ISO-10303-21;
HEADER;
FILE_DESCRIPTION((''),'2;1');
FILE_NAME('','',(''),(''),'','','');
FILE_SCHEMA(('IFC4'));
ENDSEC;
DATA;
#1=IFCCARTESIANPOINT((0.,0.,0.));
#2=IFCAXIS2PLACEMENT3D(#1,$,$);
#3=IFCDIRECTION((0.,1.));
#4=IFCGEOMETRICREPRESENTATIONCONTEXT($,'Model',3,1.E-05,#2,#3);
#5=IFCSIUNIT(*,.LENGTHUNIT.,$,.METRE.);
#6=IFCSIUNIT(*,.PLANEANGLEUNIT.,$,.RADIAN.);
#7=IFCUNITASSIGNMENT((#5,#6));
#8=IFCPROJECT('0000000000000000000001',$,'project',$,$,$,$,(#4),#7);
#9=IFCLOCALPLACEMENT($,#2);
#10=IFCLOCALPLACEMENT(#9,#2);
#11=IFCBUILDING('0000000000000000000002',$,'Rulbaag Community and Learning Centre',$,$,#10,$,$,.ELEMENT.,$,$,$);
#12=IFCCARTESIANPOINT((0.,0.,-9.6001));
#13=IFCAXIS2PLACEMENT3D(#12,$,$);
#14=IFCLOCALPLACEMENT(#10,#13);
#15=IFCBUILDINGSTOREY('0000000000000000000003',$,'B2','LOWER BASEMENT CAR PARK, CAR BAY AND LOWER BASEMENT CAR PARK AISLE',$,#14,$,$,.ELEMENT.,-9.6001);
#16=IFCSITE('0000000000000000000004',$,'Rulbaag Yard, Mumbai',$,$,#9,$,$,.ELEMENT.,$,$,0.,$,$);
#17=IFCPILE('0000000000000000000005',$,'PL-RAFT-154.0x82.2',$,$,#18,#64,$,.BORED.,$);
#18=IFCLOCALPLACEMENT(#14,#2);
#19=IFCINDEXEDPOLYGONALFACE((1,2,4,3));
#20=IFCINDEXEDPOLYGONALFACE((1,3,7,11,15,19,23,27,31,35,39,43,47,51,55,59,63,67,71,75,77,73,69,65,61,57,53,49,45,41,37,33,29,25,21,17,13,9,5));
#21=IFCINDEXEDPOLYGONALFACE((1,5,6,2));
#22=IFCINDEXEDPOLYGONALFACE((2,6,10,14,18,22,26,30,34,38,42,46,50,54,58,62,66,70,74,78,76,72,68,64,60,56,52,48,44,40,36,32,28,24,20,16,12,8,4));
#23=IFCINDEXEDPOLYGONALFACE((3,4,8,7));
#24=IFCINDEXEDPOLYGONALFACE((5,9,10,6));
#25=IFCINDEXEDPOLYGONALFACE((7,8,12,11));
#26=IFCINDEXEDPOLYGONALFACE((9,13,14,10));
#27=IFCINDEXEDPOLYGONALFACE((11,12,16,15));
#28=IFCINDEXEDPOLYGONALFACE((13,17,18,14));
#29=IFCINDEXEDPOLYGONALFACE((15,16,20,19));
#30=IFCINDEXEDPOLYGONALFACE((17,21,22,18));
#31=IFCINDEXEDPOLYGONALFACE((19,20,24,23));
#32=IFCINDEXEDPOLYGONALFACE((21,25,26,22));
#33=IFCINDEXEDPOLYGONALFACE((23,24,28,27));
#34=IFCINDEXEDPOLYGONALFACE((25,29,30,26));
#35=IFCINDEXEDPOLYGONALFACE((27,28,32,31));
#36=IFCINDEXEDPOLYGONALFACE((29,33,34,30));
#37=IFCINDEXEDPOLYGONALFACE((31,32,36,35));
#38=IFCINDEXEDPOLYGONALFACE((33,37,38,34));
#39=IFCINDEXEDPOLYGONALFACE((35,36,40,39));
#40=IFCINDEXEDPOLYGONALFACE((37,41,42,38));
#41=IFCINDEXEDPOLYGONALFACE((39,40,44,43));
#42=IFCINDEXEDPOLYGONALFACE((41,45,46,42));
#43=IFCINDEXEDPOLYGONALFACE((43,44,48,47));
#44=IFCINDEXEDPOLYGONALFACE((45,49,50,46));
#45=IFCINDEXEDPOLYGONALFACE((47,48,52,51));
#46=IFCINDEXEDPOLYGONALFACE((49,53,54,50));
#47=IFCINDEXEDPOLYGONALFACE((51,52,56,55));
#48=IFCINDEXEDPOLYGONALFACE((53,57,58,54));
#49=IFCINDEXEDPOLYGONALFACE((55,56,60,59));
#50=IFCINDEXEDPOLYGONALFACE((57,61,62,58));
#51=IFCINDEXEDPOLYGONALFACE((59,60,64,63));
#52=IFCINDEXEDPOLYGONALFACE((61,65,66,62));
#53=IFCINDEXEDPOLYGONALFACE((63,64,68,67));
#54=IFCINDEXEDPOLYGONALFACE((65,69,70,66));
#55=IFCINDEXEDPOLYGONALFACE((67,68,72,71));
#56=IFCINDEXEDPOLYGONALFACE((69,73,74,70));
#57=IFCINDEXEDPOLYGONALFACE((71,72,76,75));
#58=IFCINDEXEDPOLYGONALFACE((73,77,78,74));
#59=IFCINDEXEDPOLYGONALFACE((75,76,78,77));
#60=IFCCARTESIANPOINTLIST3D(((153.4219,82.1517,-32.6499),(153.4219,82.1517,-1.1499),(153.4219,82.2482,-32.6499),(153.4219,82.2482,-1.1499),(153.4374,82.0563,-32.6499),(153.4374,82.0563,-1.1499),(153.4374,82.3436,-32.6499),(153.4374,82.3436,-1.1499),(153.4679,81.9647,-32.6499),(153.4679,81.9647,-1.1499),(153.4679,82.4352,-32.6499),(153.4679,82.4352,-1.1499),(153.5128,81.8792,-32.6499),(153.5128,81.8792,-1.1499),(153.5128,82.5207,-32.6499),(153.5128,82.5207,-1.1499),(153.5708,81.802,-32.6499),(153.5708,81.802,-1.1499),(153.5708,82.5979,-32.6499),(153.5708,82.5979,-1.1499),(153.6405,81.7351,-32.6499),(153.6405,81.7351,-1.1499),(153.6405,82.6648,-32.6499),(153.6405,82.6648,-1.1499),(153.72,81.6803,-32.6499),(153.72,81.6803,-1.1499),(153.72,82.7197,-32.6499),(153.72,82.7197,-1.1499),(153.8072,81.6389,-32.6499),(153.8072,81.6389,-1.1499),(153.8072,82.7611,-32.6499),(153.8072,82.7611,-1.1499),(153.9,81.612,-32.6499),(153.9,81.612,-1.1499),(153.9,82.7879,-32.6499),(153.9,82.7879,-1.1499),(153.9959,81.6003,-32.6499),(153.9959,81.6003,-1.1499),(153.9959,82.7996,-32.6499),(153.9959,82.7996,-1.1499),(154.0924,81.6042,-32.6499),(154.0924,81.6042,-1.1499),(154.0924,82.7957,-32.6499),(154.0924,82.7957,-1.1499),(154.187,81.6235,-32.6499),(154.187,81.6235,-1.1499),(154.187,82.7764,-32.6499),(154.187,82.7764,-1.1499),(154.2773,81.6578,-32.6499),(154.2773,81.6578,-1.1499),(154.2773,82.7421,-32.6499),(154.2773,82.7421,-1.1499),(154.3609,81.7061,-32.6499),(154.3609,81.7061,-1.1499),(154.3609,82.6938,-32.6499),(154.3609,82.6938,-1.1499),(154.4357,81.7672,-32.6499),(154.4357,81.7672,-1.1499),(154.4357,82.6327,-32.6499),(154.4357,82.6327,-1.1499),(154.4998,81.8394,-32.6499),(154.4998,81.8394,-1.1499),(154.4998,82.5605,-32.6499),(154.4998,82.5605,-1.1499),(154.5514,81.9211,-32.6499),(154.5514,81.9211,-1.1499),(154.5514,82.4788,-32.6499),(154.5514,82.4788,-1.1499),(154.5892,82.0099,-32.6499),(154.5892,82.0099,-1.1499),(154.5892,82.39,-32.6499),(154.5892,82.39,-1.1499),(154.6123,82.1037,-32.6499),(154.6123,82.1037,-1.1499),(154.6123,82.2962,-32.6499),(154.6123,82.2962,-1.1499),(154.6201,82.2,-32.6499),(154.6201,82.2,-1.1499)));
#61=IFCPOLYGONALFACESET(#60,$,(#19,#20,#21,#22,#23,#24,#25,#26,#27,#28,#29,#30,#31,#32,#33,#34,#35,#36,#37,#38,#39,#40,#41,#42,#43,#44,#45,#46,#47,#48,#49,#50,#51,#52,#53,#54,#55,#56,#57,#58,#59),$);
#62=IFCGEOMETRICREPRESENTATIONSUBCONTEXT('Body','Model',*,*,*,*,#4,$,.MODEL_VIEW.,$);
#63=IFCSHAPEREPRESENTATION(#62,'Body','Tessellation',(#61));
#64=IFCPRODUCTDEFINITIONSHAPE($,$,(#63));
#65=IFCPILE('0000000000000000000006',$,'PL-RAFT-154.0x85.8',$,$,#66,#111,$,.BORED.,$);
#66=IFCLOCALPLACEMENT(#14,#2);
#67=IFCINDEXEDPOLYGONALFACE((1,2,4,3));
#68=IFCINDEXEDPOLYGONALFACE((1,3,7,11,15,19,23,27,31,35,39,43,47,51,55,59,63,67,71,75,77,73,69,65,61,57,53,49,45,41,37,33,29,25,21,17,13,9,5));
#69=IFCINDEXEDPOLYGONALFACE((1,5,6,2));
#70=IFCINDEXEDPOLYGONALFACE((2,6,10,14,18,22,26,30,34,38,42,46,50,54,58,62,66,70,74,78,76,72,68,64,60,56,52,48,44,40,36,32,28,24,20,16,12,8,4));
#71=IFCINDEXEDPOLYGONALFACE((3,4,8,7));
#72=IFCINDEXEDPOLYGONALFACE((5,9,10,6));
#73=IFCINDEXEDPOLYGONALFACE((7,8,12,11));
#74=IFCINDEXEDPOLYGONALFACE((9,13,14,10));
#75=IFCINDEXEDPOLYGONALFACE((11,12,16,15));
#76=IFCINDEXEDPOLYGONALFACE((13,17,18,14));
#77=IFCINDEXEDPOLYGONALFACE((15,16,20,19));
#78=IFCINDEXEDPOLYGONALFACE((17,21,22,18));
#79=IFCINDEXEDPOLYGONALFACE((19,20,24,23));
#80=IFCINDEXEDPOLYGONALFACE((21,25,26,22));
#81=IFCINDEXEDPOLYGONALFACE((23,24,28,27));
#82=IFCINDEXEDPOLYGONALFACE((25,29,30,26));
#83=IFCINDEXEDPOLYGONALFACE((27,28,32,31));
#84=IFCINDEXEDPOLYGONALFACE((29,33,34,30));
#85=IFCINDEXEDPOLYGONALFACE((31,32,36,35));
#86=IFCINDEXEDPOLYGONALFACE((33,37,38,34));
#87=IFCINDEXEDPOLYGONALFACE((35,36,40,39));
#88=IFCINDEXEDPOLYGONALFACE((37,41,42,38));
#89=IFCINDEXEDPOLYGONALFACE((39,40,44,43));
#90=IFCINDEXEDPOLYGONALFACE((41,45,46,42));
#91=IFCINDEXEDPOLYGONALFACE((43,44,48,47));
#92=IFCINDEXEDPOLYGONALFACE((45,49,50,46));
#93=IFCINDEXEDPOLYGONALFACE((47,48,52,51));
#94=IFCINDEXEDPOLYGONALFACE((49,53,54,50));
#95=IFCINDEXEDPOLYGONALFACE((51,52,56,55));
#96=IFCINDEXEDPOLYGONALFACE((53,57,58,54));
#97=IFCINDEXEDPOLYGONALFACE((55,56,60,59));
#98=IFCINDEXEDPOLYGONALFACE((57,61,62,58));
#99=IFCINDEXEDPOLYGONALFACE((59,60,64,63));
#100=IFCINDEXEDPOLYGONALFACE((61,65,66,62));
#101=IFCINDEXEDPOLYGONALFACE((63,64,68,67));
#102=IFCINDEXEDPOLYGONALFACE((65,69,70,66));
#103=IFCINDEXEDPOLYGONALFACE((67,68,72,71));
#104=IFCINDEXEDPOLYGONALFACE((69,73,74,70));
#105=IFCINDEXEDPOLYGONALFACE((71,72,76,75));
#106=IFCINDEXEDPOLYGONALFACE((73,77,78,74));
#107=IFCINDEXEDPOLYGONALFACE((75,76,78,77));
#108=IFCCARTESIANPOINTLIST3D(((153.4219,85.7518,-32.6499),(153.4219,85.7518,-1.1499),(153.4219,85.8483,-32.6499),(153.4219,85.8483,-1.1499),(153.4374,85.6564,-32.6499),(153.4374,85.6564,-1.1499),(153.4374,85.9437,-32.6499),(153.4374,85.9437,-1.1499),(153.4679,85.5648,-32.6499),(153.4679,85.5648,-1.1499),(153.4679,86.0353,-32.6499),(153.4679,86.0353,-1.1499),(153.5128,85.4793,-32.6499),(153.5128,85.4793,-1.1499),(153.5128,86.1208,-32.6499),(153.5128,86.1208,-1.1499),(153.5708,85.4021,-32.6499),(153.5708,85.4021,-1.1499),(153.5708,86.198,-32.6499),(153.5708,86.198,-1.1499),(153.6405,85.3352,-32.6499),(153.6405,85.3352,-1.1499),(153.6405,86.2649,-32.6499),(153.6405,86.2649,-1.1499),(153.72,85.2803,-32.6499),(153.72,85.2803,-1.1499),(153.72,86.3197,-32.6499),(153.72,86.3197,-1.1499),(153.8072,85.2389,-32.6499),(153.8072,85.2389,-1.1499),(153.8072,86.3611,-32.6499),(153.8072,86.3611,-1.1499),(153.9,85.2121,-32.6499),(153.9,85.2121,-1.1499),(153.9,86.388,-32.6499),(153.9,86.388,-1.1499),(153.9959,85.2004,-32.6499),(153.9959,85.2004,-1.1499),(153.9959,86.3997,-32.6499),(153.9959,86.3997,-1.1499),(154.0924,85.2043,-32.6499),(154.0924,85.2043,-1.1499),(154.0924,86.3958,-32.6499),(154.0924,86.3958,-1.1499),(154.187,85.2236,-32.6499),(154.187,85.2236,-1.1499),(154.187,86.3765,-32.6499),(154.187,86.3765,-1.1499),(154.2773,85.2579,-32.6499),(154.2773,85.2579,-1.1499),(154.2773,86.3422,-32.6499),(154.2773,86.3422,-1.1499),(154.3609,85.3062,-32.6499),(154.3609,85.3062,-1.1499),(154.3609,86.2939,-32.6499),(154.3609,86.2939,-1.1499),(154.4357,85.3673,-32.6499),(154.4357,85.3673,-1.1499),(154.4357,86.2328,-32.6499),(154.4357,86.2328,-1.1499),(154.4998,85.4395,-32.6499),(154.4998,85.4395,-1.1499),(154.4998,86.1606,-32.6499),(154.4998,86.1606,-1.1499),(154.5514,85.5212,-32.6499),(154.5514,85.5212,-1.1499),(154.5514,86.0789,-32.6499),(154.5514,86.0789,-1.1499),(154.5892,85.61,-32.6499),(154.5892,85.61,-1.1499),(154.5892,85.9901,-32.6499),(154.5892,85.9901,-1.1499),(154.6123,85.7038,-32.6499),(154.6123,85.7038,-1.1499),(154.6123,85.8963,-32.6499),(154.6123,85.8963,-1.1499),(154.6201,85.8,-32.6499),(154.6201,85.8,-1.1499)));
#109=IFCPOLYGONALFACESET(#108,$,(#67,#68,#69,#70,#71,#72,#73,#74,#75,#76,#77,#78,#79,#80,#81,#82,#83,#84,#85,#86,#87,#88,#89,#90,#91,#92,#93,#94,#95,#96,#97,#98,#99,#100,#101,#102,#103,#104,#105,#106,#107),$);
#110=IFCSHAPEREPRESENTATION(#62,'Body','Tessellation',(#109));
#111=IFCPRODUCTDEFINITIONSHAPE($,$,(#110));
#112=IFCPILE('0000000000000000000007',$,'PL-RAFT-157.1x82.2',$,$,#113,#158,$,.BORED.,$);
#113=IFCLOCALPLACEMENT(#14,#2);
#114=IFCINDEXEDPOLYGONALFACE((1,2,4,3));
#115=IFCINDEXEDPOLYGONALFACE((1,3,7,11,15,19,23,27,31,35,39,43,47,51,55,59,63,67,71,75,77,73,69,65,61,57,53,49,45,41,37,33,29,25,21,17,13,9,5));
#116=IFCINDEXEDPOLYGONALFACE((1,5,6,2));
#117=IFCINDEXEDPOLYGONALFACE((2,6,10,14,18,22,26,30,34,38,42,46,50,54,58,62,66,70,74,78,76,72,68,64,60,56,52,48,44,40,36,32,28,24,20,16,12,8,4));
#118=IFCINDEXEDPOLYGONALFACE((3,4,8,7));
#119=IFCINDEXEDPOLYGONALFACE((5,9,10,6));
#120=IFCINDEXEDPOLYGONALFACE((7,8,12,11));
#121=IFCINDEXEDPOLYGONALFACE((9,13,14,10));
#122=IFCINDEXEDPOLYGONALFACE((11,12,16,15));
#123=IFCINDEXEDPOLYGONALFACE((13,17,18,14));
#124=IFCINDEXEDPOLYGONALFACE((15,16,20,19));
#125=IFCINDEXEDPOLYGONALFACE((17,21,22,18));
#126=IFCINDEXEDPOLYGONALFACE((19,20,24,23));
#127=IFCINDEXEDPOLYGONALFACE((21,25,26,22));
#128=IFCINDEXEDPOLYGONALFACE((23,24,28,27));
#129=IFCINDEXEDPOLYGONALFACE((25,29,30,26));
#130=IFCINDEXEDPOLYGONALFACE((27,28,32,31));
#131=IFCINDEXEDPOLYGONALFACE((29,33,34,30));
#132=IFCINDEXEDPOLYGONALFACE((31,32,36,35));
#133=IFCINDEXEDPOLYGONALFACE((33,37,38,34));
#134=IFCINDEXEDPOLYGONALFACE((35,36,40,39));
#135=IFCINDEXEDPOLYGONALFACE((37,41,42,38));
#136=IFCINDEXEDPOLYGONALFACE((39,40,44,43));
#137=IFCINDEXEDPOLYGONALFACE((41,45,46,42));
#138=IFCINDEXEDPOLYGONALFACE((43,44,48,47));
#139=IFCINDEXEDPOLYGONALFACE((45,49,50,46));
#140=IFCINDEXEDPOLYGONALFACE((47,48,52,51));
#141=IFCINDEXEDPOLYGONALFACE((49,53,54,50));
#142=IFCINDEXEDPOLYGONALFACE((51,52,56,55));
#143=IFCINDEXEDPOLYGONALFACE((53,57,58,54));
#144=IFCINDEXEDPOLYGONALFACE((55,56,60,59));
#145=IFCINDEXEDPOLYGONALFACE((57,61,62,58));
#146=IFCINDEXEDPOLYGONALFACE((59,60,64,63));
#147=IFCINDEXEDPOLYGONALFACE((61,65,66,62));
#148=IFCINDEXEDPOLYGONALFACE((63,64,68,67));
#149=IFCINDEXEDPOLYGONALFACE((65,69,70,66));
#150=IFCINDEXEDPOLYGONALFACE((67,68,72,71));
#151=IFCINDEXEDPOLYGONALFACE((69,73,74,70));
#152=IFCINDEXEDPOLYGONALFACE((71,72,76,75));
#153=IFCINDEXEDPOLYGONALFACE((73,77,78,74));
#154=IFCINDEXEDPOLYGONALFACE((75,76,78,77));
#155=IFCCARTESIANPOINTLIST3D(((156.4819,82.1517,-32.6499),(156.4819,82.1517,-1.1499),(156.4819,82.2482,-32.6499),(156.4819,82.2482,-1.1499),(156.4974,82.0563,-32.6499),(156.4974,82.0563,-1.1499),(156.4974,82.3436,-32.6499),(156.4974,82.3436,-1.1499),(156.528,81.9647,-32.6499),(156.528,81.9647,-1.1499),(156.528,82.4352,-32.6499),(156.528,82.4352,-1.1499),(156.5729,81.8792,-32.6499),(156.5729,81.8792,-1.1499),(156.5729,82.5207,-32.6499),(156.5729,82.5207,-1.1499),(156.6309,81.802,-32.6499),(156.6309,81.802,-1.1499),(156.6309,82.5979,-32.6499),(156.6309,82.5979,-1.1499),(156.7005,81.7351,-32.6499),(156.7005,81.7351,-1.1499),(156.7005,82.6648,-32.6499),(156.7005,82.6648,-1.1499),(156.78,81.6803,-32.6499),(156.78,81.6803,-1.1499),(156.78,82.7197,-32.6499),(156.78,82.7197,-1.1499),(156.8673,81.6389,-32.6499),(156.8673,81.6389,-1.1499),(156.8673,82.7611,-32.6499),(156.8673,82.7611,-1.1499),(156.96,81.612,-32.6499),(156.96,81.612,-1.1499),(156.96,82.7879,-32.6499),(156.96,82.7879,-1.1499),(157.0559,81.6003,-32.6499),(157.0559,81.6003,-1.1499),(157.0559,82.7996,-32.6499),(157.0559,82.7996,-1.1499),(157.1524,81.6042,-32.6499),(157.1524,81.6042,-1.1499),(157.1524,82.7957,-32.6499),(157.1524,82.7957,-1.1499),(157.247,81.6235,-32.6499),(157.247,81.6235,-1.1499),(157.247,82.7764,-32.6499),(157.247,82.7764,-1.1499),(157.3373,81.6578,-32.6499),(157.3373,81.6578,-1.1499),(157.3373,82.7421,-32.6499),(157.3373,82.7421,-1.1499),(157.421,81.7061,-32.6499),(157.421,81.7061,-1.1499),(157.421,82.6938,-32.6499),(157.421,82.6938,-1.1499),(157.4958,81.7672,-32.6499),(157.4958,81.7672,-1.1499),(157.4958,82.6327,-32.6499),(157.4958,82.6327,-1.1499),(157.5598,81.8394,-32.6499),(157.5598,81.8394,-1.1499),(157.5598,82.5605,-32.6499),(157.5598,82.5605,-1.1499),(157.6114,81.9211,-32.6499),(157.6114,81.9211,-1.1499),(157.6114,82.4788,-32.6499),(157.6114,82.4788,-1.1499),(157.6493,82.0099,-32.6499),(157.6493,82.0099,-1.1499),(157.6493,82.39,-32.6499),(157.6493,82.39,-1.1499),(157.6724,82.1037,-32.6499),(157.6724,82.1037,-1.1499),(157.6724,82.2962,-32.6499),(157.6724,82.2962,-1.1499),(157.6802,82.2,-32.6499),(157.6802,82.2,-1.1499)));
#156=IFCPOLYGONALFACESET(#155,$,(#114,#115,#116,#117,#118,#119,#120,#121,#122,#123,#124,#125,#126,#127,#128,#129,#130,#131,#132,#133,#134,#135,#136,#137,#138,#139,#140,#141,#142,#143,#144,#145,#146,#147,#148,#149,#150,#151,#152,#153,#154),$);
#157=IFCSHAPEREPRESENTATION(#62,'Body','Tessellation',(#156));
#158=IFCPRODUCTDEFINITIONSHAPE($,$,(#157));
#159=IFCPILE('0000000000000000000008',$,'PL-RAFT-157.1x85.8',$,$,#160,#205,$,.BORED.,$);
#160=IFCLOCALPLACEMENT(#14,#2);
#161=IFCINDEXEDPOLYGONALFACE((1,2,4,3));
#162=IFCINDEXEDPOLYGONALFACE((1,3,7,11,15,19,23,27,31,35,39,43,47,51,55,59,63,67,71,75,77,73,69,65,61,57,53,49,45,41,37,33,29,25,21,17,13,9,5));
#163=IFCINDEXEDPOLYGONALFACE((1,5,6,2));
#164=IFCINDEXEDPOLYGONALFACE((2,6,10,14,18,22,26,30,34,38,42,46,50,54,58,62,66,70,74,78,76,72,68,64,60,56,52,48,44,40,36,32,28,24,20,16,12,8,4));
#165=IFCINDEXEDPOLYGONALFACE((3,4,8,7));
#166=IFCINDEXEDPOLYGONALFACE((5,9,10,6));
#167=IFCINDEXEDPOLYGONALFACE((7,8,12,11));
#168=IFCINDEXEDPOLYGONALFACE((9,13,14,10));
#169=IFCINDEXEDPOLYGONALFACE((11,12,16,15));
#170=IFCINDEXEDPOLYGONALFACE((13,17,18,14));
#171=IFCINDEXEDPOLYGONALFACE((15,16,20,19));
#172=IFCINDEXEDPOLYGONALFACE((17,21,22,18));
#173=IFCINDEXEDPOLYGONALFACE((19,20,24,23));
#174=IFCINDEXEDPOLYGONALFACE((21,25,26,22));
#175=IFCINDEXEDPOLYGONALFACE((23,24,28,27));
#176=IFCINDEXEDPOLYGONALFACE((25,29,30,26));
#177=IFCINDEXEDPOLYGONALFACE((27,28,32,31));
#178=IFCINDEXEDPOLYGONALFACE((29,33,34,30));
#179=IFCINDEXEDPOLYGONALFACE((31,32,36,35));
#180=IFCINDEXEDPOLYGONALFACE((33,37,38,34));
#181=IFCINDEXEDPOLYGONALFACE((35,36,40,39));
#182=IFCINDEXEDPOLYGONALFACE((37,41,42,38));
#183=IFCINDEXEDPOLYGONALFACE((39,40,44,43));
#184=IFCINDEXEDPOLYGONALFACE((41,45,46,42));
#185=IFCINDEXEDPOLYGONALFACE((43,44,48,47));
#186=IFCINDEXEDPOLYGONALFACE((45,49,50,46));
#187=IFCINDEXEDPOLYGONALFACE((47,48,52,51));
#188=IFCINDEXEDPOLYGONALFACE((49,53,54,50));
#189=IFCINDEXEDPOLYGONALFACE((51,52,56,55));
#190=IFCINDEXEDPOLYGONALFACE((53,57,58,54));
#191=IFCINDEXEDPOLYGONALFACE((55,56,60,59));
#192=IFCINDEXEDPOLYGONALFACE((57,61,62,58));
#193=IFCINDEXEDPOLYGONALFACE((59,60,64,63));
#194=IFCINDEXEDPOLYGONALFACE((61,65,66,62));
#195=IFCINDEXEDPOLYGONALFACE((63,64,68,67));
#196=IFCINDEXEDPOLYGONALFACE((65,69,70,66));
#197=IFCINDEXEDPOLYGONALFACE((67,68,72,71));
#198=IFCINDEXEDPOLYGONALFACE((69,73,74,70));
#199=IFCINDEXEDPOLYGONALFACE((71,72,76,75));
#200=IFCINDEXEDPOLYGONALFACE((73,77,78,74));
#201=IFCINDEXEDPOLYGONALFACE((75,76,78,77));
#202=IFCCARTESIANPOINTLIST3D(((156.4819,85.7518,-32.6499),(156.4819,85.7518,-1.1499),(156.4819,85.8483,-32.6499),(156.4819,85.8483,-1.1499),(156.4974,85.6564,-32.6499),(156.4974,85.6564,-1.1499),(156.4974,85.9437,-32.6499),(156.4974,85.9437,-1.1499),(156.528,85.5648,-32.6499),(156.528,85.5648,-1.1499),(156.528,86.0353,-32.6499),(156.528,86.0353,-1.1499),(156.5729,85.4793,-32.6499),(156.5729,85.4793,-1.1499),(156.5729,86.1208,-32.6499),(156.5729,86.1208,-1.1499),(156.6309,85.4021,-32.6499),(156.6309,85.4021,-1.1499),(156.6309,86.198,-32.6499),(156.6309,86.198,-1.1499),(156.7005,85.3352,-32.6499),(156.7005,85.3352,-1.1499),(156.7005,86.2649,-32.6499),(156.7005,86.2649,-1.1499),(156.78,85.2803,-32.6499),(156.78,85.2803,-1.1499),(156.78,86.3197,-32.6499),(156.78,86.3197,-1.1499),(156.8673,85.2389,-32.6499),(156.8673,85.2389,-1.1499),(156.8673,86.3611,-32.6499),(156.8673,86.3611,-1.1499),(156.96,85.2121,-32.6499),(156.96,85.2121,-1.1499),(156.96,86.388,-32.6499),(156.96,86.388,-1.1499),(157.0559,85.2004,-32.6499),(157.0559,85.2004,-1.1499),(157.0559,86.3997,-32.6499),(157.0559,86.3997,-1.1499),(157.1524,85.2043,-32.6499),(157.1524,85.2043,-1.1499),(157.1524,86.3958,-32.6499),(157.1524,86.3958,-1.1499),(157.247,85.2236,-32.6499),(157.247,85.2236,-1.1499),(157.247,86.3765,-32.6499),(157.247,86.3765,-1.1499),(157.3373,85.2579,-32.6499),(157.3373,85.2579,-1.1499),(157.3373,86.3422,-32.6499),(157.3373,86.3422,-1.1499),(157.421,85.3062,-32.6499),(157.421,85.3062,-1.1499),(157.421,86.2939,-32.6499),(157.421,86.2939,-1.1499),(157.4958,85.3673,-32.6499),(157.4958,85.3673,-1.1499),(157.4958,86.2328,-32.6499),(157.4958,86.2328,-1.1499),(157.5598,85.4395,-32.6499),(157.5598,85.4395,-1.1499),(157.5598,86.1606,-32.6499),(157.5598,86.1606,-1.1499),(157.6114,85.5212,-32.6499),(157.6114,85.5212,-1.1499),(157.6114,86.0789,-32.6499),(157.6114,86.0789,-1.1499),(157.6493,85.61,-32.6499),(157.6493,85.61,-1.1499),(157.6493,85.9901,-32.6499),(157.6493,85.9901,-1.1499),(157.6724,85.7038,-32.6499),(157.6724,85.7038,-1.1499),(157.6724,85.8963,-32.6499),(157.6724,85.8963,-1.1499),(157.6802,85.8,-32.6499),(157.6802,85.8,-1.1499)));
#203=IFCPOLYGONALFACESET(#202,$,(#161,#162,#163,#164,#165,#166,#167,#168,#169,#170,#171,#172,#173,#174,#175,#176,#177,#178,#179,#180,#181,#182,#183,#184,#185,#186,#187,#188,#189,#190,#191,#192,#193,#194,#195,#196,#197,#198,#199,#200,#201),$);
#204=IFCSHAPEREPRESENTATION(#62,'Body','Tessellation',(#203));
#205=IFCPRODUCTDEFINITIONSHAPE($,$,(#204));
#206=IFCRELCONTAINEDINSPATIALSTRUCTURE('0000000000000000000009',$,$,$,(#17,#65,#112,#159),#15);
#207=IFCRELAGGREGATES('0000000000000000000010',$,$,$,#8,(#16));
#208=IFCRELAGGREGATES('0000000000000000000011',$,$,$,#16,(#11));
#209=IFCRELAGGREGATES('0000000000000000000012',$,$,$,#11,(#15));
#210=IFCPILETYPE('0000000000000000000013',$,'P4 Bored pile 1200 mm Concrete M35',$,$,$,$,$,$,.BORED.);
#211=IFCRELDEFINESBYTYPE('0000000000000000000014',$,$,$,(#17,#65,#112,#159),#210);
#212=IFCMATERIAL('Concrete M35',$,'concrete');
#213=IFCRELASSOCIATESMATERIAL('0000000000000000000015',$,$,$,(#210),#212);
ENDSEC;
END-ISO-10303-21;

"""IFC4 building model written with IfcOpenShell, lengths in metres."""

from ifc_helpers import new_model, si_unit, direction, frame, origin, origin_2d, place, context, subcontext, project, spatial, circle, extrude, material, material_profile, profile_set, type_object, element, save


model = new_model("IFC4")

# Units and contexts
model_context = context("Model", 3, precision=1e-05, world=origin(), true_north=direction((0.0, 1.0)))
body_context = subcontext(model_context, "Body", "Model", "MODEL_VIEW")
ifc_project = project(units=[si_unit("LENGTHUNIT", "METRE"), si_unit("PLANEANGLEUNIT", "RADIAN")], contexts=[model_context])

# Site, building, storey
site_placement = place(None, origin())
site = spatial("IfcSite", under=ifc_project, at=site_placement, Name="Rulbaag Yard, Mumbai", CompositionType="ELEMENT", RefElevation=0.0)
building_placement = place(site_placement, origin())
building = spatial("IfcBuilding", under=site, at=building_placement, Name="Rulbaag Community and Learning Centre", CompositionType="ELEMENT")
storey_placement = place(building_placement, frame((0.0, 0.0, -9.6001)))
storey = spatial("IfcBuildingStorey", under=building, at=storey_placement, Name="B2", Description="LOWER BASEMENT CAR PARK, CAR BAY AND LOWER BASEMENT CAR PARK AISLE", CompositionType="ELEMENT", Elevation=-9.6001)

# Piles
ifc_material_1 = material(Name="Concrete M35", Category="concrete")
ifc_material_profile_1 = material_profile(ifc_material_1, circle(Radius=0.6001, at=origin_2d()), Name="BP1200")
ifc_profile_set_1 = profile_set([ifc_material_profile_1], Name="Concrete M35")
pile_type_1 = type_object("IfcPileType", Name="P4 Bored pile 1200 mm Concrete M35", PredefinedType="BORED", material=ifc_profile_set_1)
for number, where, z_axis, x_axis, name in (
    (1, (154.02, 82.2, -1.1499), (0.0, 0.0, -1.0), (1.0, 0.0, 0.0), "PL-RAFT-154.0x82.2"),
    (2, (154.02, 85.8, -1.1499), (0.0, 0.0, -1.0), (1.0, 0.0, 0.0), "PL-RAFT-154.0x85.8"),
    (3, (157.0801, 82.2, -1.1499), (0.0, 0.0, -1.0), (1.0, 0.0, 0.0), "PL-RAFT-157.1x82.2"),
    (4, (157.0801, 85.8, -1.1499), (0.0, 0.0, -1.0), (1.0, 0.0, 0.0), "PL-RAFT-157.1x85.8"),
):
    element("IfcPile", number, at=place(storey_placement, frame(where, z_axis=z_axis, x_axis=x_axis)), inside=storey, type_object=pile_type_1, Name=name, PredefinedType="BORED", context=body_context, shape_type="SweptSolid", body=[
        extrude(circle(Radius=0.6001, at=origin_2d()), origin(), (0.0, 0.0, 1.0), 31.5),
    ])

save(model, "model.ifc")
